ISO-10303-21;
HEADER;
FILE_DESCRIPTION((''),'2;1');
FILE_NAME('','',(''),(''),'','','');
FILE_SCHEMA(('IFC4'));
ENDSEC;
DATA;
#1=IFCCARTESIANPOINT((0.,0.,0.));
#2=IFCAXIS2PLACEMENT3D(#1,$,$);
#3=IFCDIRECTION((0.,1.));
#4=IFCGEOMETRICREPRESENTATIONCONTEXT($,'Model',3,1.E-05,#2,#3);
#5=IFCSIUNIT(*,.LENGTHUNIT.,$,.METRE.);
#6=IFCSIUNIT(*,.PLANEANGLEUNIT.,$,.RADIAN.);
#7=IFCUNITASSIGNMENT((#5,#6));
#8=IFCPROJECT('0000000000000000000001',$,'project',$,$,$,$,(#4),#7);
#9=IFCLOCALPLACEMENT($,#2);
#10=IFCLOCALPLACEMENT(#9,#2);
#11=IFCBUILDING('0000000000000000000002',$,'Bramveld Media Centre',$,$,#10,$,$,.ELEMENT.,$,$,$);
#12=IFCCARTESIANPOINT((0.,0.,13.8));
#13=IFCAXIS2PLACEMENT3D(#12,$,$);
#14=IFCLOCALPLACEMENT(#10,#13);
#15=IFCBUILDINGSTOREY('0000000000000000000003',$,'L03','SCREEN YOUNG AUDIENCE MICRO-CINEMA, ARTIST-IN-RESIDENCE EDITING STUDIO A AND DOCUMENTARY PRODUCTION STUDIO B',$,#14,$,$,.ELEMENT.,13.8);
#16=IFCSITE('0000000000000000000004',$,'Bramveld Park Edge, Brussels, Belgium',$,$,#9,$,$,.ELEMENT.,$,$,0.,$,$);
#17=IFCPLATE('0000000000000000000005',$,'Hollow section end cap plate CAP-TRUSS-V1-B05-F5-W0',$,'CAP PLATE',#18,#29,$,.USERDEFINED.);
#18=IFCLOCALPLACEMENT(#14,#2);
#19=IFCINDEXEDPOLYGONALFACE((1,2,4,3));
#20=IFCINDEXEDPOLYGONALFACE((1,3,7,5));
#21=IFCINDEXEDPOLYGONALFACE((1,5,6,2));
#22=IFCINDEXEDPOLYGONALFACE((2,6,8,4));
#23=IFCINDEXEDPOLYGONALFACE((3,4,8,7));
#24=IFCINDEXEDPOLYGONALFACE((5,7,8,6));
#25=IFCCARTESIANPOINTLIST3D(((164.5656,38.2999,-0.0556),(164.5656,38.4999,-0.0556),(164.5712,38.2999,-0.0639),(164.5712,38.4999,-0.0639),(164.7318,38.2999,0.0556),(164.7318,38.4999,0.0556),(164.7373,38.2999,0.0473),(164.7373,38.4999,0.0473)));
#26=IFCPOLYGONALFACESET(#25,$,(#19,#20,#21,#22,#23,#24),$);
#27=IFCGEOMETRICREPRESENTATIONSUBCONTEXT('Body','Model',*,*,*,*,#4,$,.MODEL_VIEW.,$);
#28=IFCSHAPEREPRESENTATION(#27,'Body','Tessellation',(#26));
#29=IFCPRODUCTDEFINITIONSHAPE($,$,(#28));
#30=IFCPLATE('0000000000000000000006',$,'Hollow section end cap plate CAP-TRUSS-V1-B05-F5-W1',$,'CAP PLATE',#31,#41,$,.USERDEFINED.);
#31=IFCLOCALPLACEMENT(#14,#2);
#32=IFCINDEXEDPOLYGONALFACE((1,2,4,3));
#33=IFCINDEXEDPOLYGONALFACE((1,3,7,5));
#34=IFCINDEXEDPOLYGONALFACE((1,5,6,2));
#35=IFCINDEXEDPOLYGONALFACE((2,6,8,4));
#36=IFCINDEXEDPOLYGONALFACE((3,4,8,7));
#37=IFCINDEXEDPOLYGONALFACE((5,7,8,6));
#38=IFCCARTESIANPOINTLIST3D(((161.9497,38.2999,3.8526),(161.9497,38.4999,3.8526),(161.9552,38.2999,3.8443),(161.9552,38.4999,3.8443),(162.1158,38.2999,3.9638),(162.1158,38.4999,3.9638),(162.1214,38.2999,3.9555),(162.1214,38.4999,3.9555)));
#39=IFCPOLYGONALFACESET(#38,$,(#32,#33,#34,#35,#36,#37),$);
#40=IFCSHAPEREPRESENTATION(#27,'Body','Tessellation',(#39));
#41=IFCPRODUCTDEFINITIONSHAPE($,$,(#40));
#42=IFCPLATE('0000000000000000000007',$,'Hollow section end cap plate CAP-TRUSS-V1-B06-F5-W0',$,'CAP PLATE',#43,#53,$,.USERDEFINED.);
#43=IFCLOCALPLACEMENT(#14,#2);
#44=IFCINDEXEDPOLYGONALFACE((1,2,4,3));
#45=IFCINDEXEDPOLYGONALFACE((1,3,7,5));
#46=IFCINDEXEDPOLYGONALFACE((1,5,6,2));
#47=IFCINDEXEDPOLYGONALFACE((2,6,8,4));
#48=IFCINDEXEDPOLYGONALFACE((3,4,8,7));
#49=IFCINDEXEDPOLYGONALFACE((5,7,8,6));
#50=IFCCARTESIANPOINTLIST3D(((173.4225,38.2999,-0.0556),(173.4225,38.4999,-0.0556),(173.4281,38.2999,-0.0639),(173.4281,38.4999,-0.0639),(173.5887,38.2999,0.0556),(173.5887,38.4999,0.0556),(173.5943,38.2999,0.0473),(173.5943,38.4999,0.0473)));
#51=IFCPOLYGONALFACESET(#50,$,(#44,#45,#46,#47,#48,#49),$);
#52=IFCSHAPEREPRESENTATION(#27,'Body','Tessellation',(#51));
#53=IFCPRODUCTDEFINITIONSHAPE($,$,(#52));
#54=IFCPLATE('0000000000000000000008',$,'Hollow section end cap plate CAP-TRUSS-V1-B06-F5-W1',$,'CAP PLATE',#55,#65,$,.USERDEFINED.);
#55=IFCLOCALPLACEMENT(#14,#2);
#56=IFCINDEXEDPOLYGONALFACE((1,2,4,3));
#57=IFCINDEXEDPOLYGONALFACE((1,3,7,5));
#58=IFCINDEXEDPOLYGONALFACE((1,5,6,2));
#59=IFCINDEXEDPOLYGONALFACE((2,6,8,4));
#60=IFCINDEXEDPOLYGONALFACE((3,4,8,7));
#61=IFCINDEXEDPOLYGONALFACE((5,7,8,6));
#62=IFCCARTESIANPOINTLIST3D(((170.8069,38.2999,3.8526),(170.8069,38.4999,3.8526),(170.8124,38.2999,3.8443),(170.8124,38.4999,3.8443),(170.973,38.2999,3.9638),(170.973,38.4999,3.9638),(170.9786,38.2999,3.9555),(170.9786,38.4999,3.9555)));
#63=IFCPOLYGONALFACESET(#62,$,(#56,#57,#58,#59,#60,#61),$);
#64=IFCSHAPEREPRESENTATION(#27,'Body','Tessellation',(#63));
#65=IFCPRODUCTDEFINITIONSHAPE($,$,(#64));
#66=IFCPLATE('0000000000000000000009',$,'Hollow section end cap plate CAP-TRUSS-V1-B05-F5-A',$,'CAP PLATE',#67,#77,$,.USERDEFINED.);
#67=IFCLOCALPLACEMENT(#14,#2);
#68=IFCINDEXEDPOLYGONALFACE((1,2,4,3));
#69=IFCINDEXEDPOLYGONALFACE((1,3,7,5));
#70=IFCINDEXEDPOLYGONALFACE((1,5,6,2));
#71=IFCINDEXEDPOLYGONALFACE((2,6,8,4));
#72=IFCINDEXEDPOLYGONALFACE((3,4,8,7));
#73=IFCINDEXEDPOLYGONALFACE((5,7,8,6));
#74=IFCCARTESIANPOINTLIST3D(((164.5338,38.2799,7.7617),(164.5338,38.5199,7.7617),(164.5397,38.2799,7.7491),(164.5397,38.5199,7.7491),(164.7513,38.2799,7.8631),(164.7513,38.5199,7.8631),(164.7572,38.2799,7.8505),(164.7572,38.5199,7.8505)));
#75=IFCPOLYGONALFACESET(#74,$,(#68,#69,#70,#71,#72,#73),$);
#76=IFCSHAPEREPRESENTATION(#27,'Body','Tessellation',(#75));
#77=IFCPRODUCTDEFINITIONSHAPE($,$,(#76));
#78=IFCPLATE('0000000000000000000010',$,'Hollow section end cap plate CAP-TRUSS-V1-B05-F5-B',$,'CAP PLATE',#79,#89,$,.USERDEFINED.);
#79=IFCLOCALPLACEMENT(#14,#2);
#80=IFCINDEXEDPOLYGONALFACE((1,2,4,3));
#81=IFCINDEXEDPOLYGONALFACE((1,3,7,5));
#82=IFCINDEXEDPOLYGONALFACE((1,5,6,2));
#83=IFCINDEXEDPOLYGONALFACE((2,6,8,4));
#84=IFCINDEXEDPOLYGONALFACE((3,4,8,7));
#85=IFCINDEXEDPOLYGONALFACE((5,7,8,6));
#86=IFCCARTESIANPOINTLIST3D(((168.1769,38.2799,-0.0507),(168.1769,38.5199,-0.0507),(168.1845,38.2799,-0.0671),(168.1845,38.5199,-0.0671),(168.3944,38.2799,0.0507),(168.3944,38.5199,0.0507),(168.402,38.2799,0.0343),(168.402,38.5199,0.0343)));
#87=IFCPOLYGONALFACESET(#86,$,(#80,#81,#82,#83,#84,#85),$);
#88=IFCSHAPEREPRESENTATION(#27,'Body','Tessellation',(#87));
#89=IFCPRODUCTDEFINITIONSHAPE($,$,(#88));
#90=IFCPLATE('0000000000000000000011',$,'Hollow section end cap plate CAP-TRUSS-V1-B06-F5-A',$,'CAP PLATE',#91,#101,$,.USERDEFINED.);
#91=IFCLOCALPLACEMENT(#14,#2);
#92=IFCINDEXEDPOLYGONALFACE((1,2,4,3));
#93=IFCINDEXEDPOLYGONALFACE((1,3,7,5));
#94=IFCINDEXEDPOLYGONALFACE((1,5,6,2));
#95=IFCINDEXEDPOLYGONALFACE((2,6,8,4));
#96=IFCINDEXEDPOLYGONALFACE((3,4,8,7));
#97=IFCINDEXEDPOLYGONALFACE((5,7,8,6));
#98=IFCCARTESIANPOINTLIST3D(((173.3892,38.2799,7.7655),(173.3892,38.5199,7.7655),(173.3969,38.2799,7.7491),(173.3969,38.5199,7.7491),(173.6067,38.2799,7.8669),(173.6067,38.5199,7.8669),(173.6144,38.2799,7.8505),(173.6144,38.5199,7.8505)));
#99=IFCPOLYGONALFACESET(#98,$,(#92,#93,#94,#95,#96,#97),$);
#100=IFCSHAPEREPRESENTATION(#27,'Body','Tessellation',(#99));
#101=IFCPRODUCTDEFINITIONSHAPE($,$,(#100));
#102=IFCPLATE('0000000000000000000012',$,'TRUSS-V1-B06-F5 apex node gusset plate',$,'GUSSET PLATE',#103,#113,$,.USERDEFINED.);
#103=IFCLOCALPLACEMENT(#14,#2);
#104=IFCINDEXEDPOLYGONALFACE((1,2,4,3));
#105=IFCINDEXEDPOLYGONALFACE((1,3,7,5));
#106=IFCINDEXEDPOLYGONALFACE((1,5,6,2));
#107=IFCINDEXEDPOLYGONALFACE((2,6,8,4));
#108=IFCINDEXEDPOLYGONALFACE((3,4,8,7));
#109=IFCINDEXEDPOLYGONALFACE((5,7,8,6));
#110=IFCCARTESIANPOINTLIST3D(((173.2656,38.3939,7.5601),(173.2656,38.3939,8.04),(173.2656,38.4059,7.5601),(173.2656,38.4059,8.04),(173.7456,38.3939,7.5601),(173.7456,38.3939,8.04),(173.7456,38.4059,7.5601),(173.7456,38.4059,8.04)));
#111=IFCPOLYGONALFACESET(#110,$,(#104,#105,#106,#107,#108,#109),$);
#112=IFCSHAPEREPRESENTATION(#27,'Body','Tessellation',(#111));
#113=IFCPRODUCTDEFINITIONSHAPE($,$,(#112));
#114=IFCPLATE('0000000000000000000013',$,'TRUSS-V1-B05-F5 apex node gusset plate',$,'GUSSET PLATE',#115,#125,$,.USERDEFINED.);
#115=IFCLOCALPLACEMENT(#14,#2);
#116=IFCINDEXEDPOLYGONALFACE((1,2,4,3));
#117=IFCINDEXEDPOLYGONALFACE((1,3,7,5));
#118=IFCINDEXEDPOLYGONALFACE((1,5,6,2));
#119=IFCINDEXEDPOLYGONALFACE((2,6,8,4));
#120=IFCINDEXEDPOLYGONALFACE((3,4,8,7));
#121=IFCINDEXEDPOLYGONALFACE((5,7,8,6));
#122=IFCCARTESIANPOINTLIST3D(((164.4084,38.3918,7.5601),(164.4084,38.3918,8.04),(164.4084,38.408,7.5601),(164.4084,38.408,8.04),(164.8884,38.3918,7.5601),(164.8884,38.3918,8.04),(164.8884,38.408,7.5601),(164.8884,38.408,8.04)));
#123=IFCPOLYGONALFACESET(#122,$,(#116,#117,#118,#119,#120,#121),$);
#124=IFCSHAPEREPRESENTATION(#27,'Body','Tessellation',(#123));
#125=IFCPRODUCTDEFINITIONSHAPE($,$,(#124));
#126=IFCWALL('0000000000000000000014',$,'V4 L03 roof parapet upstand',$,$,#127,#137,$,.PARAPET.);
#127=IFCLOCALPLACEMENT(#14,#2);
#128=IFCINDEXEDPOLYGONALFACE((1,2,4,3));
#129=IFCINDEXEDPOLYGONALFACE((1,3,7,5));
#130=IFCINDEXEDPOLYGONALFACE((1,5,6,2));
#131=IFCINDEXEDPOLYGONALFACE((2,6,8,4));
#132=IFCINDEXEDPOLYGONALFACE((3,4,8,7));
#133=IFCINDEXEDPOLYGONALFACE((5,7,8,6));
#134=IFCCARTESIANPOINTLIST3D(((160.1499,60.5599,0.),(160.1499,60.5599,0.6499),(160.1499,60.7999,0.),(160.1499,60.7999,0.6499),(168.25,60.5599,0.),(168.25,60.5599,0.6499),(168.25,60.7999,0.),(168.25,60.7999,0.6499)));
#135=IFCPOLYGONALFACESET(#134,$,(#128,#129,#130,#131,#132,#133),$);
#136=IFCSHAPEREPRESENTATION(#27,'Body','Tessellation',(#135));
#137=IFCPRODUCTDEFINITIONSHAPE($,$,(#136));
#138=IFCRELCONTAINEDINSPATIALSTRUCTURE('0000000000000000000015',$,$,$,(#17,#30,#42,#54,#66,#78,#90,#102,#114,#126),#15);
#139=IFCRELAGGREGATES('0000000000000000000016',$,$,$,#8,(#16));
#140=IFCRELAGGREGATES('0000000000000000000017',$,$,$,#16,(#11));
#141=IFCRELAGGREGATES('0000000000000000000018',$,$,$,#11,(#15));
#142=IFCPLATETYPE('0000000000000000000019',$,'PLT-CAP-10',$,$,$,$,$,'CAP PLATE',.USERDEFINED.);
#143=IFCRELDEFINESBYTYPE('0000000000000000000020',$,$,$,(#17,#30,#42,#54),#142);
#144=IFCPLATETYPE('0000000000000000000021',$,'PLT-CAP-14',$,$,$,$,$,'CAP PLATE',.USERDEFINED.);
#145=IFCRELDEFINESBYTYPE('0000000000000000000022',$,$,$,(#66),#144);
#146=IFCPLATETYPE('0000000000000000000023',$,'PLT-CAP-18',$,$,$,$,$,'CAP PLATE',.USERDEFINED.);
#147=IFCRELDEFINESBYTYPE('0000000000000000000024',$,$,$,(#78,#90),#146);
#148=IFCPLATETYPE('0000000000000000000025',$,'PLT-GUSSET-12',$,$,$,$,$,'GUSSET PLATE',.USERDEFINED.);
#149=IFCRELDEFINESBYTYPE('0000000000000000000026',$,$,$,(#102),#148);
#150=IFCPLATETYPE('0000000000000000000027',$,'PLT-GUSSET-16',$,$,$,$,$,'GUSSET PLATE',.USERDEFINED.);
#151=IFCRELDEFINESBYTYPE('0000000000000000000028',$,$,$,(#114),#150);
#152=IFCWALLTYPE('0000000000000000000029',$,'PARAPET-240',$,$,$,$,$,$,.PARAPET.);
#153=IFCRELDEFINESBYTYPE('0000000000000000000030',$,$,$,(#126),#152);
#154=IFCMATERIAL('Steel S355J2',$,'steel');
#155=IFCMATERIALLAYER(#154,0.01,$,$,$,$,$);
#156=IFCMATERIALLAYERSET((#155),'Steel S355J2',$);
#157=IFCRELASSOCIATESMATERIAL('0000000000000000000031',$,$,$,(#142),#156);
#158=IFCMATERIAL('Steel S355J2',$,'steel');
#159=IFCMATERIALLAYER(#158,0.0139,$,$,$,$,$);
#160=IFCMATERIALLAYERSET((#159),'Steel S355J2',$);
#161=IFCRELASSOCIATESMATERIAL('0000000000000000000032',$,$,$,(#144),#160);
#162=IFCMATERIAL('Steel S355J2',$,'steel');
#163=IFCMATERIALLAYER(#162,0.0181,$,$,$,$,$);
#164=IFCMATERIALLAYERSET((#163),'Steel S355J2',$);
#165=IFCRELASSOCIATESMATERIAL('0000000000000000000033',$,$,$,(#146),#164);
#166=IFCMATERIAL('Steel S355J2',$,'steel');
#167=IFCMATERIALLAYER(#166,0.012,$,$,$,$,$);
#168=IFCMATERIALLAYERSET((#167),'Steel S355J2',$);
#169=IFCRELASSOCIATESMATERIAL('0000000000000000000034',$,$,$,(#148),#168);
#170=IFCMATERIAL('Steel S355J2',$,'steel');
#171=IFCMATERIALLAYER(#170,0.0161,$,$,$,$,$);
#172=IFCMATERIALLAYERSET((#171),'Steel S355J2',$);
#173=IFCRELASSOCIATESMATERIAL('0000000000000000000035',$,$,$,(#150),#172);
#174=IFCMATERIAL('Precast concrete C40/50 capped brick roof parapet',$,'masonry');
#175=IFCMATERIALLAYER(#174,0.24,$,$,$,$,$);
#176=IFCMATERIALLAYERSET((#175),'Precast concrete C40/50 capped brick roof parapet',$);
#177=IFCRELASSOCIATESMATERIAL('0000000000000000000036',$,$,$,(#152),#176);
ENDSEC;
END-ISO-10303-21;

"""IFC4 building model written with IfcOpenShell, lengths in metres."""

from ifc_helpers import new_model, si_unit, direction, frame, frame_2d, origin, origin_2d, place, context, subcontext, project, spatial, rectangle, extrude, material, layer, layer_set, type_object, element, save


model = new_model("IFC4")

# Units and contexts
model_context = context("Model", 3, precision=1e-05, world=origin(), true_north=direction((0.0, 1.0)))
body_context = subcontext(model_context, "Body", "Model", "MODEL_VIEW")
ifc_project = project(units=[si_unit("LENGTHUNIT", "METRE"), si_unit("PLANEANGLEUNIT", "RADIAN")], contexts=[model_context])

# Site, building, storey
site_placement = place(None, origin())
site = spatial("IfcSite", under=ifc_project, at=site_placement, Name="Bramveld Park Edge, Brussels, Belgium", CompositionType="ELEMENT", RefElevation=0.0)
building_placement = place(site_placement, origin())
building = spatial("IfcBuilding", under=site, at=building_placement, Name="Bramveld Media Centre", CompositionType="ELEMENT")
storey_placement = place(building_placement, frame((0.0, 0.0, 13.8)))
storey = spatial("IfcBuildingStorey", under=building, at=storey_placement, Name="L03", Description="SCREEN YOUNG AUDIENCE MICRO-CINEMA, ARTIST-IN-RESIDENCE EDITING STUDIO A AND DOCUMENTARY PRODUCTION STUDIO B", CompositionType="ELEMENT", Elevation=13.8)

# Plates
ifc_material_1 = material(Name="Steel S355J2", Category="steel")
ifc_layer_1 = layer(ifc_material_1, 0.01)
ifc_layer_set_1 = layer_set([ifc_layer_1], Name="Steel S355J2")
plate_type_1 = type_object("IfcPlateType", Name="PLT-CAP-10", ElementType="CAP PLATE", PredefinedType="USERDEFINED", material=ifc_layer_set_1)
for number, where, z_axis, x_axis, name in (
    (1, (164.6487, 38.3999, 0.0), (0.556175, 0.0, -0.831065), (0.0, 1.0, 0.0), "Hollow section end cap plate CAP-TRUSS-V1-B05-F5-W0"),
    (2, (162.0383, 38.3999, 3.8999), (-0.556175, 0.0, 0.831065), (0.0, -1.0, 0.0), "Hollow section end cap plate CAP-TRUSS-V1-B05-F5-W1"),
    (3, (173.5056, 38.3999, 0.0), (0.556175, 0.0, -0.831065), (0.0, 1.0, 0.0), "Hollow section end cap plate CAP-TRUSS-V1-B06-F5-W0"),
    (4, (170.8955, 38.3999, 3.8999), (-0.556175, 0.0, 0.831065), (0.0, -1.0, 0.0), "Hollow section end cap plate CAP-TRUSS-V1-B06-F5-W1"),
):
    element("IfcPlate", number, at=place(storey_placement, frame(where, z_axis=z_axis, x_axis=x_axis)), inside=storey, type_object=plate_type_1, Name=name, ObjectType="CAP PLATE", PredefinedType="USERDEFINED", context=body_context, shape_type="SweptSolid", body=[
        extrude(rectangle(XDim=0.2, YDim=0.2, at=origin_2d()), origin(), (0.0, 0.0, 1.0), 0.01),
    ])
ifc_material_2 = material(Name="Steel S355J2", Category="steel")
ifc_layer_2 = layer(ifc_material_2, 0.0139)
ifc_layer_set_2 = layer_set([ifc_layer_2], Name="Steel S355J2")
plate_type_2 = type_object("IfcPlateType", Name="PLT-CAP-14", ElementType="CAP PLATE", PredefinedType="USERDEFINED", material=ifc_layer_set_2)
plate_1_placement = place(storey_placement, frame((164.6484, 38.3999, 7.7998), z_axis=(-0.422618, 0.0, 0.906308), x_axis=(0.0, -1.0, 0.0)))
element("IfcPlate", 5, at=plate_1_placement, inside=storey, type_object=plate_type_2, Name="Hollow section end cap plate CAP-TRUSS-V1-B05-F5-A", ObjectType="CAP PLATE", PredefinedType="USERDEFINED", context=body_context, shape_type="SweptSolid", body=[
    extrude(rectangle(XDim=0.24, YDim=0.24, at=origin_2d()), origin(), (0.0, 0.0, 1.0), 0.0139),
])
ifc_material_3 = material(Name="Steel S355J2", Category="steel")
ifc_layer_3 = layer(ifc_material_3, 0.0181)
ifc_layer_set_3 = layer_set([ifc_layer_3], Name="Steel S355J2")
plate_type_3 = type_object("IfcPlateType", Name="PLT-CAP-18", ElementType="CAP PLATE", PredefinedType="USERDEFINED", material=ifc_layer_set_3)
for number, where, z_axis, x_axis, name in (
    (6, (168.2856, 38.3999, 0.0), (0.422618, 0.0, -0.906308), (0.0, 1.0, 0.0), "Hollow section end cap plate CAP-TRUSS-V1-B05-F5-B"),
    (7, (173.5056, 38.3999, 7.7998), (-0.422628, 0.0, 0.906303), (0.0, -1.0, 0.0), "Hollow section end cap plate CAP-TRUSS-V1-B06-F5-A"),
):
    element("IfcPlate", number, at=place(storey_placement, frame(where, z_axis=z_axis, x_axis=x_axis)), inside=storey, type_object=plate_type_3, Name=name, ObjectType="CAP PLATE", PredefinedType="USERDEFINED", context=body_context, shape_type="SweptSolid", body=[
        extrude(rectangle(XDim=0.24, YDim=0.24, at=origin_2d()), origin(), (0.0, 0.0, 1.0), 0.0181),
    ])
ifc_material_4 = material(Name="Steel S355J2", Category="steel")
ifc_layer_4 = layer(ifc_material_4, 0.012)
ifc_layer_set_4 = layer_set([ifc_layer_4], Name="Steel S355J2")
plate_type_4 = type_object("IfcPlateType", Name="PLT-GUSSET-12", ElementType="GUSSET PLATE", PredefinedType="USERDEFINED", material=ifc_layer_set_4)
plate_2_placement = place(storey_placement, frame((173.5056, 38.3999, 7.5601), z_axis=(0.0, 0.0, 1.0), x_axis=(1.0, 0.0, 0.0)))
element("IfcPlate", 8, at=plate_2_placement, inside=storey, type_object=plate_type_4, Name="TRUSS-V1-B06-F5 apex node gusset plate", ObjectType="GUSSET PLATE", PredefinedType="USERDEFINED", context=body_context, shape_type="SweptSolid", body=[
    extrude(rectangle(XDim=0.48, YDim=0.012, at=origin_2d()), origin(), (0.0, 0.0, 1.0), 0.48),
])
ifc_material_5 = material(Name="Steel S355J2", Category="steel")
ifc_layer_5 = layer(ifc_material_5, 0.0161)
ifc_layer_set_5 = layer_set([ifc_layer_5], Name="Steel S355J2")
plate_type_5 = type_object("IfcPlateType", Name="PLT-GUSSET-16", ElementType="GUSSET PLATE", PredefinedType="USERDEFINED", material=ifc_layer_set_5)
plate_3_placement = place(storey_placement, frame((164.6484, 38.3999, 7.5601), z_axis=(0.0, 0.0, 1.0), x_axis=(1.0, 0.0, 0.0)))
element("IfcPlate", 9, at=plate_3_placement, inside=storey, type_object=plate_type_5, Name="TRUSS-V1-B05-F5 apex node gusset plate", ObjectType="GUSSET PLATE", PredefinedType="USERDEFINED", context=body_context, shape_type="SweptSolid", body=[
    extrude(rectangle(XDim=0.48, YDim=0.0161, at=origin_2d()), origin(), (0.0, 0.0, 1.0), 0.48),
])

# Wall
ifc_material_6 = material(Name="Precast concrete C40/50 capped brick roof parapet", Category="masonry")
ifc_layer_6 = layer(ifc_material_6, 0.24)
ifc_layer_set_6 = layer_set([ifc_layer_6], Name="Precast concrete C40/50 capped brick roof parapet")
wall_type = type_object("IfcWallType", Name="PARAPET-240", PredefinedType="PARAPET", material=ifc_layer_set_6)
wall_placement = place(storey_placement, frame((160.1499, 60.6799, 0.0), z_axis=(0.0, 0.0, 1.0), x_axis=(1.0, 0.0, 0.0)))
element("IfcWall", 10, at=wall_placement, inside=storey, type_object=wall_type, Name="V4 L03 roof parapet upstand", PredefinedType="PARAPET", context=body_context, shape_type="SweptSolid", body=[
    extrude(rectangle(XDim=8.1001, YDim=0.24, at=frame_2d((4.05, 0.0))), origin(), (0.0, 0.0, 1.0), 0.6499),
])

save(model, "model.ifc")
